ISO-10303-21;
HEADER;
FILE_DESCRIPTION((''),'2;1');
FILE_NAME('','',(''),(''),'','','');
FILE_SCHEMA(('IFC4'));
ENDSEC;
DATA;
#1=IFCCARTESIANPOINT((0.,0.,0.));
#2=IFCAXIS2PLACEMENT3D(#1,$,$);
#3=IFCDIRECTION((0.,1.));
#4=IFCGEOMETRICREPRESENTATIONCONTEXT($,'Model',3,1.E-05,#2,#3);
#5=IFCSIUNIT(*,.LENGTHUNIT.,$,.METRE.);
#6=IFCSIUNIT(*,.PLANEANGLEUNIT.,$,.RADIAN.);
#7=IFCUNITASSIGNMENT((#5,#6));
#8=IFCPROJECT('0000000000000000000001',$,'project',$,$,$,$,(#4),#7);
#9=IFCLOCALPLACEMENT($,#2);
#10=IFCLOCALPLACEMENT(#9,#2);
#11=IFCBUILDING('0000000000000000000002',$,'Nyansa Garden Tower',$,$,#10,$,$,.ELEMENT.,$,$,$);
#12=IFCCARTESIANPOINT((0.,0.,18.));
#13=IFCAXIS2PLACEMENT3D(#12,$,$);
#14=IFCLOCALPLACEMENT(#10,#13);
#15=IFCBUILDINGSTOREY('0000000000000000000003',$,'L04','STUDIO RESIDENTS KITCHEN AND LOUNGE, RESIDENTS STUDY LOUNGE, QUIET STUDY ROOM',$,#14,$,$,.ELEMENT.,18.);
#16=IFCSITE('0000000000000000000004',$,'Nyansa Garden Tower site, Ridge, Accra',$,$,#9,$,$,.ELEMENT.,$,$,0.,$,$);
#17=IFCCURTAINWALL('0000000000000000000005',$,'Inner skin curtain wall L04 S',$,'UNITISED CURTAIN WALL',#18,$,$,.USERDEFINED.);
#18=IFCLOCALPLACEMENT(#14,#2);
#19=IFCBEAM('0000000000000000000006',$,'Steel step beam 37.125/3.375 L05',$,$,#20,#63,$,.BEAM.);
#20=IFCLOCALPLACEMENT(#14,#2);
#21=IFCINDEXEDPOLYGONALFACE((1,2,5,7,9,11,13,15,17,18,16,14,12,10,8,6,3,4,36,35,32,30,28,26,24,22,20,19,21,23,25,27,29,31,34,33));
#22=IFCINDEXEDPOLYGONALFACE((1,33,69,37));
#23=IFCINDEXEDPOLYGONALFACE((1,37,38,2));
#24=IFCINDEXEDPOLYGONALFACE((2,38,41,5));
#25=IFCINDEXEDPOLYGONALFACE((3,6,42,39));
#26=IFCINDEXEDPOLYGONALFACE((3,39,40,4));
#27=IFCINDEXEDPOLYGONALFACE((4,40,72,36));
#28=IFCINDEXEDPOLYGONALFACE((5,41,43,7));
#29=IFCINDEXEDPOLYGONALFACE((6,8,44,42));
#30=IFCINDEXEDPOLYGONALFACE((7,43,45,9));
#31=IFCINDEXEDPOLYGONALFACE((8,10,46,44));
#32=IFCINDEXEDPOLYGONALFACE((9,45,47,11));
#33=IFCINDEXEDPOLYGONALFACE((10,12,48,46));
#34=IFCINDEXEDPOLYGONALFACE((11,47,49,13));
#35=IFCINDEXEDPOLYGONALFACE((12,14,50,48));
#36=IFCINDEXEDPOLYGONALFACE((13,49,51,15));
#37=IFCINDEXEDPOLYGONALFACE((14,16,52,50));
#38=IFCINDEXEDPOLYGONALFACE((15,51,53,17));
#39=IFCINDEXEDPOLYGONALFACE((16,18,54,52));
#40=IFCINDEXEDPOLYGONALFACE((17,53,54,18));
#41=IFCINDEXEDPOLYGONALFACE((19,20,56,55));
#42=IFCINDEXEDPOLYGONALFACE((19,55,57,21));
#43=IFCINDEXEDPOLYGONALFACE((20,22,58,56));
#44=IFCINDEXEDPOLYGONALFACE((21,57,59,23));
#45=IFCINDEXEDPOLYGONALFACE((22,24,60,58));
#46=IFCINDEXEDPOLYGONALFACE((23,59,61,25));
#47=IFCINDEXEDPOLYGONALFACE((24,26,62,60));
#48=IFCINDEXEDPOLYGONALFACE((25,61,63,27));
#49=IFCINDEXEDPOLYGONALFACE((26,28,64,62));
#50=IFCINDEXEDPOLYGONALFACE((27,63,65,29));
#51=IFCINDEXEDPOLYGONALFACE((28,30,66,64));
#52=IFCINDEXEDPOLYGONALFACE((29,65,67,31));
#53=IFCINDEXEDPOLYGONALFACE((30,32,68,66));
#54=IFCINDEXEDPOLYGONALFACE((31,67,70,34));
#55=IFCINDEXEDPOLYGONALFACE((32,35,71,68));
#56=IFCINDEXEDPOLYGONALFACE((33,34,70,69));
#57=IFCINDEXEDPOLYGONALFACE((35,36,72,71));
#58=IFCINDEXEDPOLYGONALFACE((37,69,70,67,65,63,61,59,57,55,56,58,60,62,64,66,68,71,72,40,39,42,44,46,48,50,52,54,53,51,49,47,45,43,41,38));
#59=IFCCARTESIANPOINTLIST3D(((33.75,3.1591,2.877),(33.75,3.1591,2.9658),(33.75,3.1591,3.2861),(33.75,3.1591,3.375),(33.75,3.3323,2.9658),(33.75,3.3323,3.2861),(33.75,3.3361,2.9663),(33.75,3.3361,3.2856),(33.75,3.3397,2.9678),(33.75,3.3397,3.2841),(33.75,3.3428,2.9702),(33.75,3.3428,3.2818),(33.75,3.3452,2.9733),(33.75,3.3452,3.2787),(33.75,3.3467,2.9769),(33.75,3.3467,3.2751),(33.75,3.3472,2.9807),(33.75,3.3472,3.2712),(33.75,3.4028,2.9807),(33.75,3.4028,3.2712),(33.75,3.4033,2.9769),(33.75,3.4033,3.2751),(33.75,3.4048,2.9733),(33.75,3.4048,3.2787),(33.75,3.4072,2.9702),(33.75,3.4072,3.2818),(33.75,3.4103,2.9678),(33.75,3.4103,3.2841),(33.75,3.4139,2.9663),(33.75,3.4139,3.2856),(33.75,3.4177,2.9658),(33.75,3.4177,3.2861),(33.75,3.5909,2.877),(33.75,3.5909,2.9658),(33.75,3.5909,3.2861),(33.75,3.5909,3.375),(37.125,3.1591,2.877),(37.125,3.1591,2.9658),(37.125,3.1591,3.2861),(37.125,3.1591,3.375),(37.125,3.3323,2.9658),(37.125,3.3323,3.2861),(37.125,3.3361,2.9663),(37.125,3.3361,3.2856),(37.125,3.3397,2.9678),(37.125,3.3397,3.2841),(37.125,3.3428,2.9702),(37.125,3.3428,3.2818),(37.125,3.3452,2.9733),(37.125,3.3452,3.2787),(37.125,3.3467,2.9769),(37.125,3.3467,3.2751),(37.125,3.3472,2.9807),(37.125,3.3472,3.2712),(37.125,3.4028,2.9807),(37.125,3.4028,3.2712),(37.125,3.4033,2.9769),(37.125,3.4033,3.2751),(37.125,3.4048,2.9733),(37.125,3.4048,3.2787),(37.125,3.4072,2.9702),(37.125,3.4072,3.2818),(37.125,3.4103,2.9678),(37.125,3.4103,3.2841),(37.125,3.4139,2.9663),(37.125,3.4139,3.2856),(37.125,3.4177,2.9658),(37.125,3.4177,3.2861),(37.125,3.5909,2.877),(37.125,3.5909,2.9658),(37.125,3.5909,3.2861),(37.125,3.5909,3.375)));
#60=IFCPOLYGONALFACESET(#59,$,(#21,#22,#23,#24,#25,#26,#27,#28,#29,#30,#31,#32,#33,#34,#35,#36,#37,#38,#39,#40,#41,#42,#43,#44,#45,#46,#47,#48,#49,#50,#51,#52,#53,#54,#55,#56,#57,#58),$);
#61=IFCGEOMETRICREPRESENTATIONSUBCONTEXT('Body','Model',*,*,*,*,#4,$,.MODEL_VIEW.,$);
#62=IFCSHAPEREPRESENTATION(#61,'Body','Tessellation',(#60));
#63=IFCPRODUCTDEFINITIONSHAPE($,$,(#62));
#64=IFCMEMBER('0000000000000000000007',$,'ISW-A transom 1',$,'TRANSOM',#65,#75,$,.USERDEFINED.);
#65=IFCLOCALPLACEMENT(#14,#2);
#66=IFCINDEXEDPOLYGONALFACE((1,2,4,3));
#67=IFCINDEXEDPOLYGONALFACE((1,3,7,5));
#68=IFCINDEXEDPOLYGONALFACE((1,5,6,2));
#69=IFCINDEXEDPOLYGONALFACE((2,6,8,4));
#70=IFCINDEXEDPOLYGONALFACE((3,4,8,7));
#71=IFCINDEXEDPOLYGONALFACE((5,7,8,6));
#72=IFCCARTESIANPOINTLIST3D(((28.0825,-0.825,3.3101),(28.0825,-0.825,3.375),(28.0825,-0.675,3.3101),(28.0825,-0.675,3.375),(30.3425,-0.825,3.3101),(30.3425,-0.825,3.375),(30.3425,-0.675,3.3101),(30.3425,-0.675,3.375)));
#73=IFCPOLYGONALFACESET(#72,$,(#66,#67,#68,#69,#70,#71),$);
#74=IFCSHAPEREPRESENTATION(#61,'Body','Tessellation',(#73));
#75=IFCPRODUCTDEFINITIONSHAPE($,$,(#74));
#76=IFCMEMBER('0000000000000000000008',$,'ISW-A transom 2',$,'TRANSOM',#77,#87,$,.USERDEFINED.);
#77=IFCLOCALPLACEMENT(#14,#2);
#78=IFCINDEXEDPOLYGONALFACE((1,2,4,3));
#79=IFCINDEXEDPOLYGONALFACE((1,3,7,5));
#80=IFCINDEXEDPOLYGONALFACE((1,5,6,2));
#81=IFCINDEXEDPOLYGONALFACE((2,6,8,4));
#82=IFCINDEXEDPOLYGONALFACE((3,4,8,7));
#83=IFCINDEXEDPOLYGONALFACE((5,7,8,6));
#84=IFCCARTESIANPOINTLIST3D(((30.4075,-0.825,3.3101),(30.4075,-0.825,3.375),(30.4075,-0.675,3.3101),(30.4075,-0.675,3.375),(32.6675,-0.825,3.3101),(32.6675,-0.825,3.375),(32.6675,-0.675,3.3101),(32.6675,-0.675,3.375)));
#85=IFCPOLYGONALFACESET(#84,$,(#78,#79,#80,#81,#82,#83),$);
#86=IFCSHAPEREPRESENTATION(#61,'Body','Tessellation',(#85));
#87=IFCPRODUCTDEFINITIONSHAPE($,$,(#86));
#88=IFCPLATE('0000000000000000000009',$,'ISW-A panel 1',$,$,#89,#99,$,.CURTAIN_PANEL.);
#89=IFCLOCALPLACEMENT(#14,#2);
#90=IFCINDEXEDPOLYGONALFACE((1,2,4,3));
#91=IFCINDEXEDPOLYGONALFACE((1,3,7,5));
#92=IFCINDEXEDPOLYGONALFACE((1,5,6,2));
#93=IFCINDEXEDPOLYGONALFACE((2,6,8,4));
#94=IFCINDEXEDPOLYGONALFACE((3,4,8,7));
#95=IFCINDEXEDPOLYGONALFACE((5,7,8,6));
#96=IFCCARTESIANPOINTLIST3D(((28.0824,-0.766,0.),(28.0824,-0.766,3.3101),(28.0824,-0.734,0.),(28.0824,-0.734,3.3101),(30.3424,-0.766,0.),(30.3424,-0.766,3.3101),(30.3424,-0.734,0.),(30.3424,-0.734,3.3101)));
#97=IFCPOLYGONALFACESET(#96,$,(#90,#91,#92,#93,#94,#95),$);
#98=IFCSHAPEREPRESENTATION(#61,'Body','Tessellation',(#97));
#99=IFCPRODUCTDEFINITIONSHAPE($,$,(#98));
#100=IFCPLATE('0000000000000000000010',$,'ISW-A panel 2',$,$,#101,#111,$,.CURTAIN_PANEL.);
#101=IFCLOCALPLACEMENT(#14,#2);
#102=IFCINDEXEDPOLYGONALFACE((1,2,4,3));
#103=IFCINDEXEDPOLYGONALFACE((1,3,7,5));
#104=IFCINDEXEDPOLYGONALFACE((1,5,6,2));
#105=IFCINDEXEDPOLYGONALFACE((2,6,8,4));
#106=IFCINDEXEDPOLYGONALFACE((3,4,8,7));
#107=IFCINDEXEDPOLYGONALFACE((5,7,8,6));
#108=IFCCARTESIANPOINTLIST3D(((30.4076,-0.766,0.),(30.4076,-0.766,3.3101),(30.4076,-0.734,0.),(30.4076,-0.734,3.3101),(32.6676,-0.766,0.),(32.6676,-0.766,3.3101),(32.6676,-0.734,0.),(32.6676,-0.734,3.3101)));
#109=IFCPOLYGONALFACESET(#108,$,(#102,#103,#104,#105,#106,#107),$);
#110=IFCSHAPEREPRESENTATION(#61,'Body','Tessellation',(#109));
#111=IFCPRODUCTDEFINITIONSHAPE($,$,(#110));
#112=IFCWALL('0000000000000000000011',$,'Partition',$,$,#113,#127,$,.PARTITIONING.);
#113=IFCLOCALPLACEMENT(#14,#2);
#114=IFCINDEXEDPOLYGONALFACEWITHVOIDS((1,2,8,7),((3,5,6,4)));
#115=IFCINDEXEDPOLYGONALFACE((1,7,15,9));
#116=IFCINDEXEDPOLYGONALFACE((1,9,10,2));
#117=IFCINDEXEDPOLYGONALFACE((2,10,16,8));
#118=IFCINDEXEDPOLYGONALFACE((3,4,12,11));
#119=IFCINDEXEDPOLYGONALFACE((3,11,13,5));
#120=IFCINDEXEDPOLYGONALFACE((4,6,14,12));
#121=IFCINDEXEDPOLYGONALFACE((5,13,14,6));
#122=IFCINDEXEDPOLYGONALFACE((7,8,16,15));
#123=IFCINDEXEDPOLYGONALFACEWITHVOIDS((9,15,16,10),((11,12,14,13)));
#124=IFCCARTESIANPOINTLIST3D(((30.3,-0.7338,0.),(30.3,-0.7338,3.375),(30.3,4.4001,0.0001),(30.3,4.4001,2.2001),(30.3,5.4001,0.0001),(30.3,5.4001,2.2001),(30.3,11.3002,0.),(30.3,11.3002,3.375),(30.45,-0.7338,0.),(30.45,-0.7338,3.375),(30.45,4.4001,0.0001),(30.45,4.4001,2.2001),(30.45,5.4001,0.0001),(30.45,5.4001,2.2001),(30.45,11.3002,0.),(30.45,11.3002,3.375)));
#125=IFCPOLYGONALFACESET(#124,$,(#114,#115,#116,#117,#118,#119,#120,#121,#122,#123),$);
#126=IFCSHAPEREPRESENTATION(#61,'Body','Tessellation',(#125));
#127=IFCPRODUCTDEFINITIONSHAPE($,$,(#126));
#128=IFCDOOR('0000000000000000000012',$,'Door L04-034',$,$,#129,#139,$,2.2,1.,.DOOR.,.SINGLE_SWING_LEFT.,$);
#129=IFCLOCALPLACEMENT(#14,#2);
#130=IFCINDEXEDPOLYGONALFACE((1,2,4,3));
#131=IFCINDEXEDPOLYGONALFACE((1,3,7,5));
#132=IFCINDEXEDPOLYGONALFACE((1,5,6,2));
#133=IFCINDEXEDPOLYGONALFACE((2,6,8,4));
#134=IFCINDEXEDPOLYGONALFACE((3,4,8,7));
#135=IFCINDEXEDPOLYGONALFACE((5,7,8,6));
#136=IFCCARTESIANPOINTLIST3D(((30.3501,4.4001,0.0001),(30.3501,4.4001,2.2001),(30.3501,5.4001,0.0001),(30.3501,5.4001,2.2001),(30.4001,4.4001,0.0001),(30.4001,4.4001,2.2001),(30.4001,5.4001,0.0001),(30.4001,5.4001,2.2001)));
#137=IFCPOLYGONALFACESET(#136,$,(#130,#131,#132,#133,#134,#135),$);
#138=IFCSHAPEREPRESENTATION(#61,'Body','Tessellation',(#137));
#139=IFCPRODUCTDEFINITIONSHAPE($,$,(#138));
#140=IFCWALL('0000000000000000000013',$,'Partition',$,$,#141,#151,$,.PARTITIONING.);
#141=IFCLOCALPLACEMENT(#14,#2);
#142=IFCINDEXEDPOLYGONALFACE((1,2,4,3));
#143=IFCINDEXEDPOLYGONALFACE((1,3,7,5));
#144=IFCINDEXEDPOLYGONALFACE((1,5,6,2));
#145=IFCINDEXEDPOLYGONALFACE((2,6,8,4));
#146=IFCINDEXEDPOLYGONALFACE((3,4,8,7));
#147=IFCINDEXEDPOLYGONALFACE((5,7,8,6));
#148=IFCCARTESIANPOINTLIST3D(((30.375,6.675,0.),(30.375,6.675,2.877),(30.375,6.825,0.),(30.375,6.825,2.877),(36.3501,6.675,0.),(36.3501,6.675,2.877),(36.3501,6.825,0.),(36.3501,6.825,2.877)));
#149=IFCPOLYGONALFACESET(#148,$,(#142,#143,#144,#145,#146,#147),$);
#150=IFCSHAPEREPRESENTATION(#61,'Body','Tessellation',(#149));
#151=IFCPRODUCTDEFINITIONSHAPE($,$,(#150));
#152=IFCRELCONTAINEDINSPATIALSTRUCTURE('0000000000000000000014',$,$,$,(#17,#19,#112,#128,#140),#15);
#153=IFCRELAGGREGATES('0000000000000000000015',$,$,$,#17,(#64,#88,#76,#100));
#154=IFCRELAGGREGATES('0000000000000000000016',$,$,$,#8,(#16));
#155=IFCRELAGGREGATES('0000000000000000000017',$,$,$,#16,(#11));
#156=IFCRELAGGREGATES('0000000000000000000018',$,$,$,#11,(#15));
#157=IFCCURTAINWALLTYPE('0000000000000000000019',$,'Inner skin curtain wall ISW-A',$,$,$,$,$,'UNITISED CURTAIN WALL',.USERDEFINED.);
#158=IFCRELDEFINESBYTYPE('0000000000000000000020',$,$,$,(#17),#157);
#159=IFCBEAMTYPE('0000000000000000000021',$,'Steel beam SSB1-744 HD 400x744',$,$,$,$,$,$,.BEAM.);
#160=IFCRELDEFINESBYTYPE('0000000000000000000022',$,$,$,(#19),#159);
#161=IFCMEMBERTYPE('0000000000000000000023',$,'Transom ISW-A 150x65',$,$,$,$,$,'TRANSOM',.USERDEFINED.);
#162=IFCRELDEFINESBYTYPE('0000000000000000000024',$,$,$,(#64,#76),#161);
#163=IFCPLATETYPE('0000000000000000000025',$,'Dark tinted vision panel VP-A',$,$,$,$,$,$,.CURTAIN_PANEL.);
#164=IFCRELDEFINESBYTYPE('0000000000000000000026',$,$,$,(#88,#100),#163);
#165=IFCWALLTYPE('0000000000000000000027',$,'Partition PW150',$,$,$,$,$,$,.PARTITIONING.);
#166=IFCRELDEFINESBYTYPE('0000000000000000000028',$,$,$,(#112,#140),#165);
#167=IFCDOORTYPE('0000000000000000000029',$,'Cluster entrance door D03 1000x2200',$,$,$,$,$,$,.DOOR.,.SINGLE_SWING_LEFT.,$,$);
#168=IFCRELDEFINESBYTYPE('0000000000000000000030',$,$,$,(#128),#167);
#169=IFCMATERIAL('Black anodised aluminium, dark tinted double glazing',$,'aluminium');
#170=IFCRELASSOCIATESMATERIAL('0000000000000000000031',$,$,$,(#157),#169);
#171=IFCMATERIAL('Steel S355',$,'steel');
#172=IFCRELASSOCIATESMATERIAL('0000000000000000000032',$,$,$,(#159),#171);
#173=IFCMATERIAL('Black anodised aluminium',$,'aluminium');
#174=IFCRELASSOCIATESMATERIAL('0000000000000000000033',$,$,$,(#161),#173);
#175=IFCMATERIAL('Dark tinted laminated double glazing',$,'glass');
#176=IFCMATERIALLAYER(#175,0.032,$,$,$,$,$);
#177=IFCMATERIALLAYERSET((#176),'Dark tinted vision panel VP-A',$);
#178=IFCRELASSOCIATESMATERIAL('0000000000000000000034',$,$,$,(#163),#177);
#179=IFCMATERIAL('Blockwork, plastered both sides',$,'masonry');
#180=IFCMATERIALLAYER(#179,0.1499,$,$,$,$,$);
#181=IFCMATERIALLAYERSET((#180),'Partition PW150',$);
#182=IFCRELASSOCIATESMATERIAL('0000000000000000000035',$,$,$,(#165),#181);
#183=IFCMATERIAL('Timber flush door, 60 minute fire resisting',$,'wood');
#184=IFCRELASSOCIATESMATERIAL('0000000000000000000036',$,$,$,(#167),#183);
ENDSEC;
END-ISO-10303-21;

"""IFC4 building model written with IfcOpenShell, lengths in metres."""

from ifc_helpers import new_model, si_unit, direction, frame, frame_2d, origin, origin_2d, place, context, subcontext, project, spatial, rectangle, i_section, extrude, material, layer, layer_set, material_profile, profile_set, type_object, element, fill, aggregate, save


model = new_model("IFC4")

# Units and contexts
model_context = context("Model", 3, precision=1e-05, world=origin(), true_north=direction((0.0, 1.0)))
body_context = subcontext(model_context, "Body", "Model", "MODEL_VIEW")
ifc_project = project(units=[si_unit("LENGTHUNIT", "METRE"), si_unit("PLANEANGLEUNIT", "RADIAN")], contexts=[model_context])

# Site, building, storey
site_placement = place(None, origin())
site = spatial("IfcSite", under=ifc_project, at=site_placement, Name="Nyansa Garden Tower site, Ridge, Accra", CompositionType="ELEMENT", RefElevation=0.0)
building_placement = place(site_placement, origin())
building = spatial("IfcBuilding", under=site, at=building_placement, Name="Nyansa Garden Tower", CompositionType="ELEMENT")
storey_placement = place(building_placement, frame((0.0, 0.0, 18.0)))
storey = spatial("IfcBuildingStorey", under=building, at=storey_placement, Name="L04", Description="STUDIO RESIDENTS KITCHEN AND LOUNGE, RESIDENTS STUDY LOUNGE, QUIET STUDY ROOM", CompositionType="ELEMENT", Elevation=18.0)

# Curtain wall
ifc_material_1 = material(Name="Black anodised aluminium, dark tinted double glazing", Category="aluminium")
curtain_wall_type = type_object("IfcCurtainWallType", Name="Inner skin curtain wall ISW-A", ElementType="UNITISED CURTAIN WALL", PredefinedType="USERDEFINED", material=ifc_material_1)
curtain_wall_placement = place(storey_placement, origin())
curtain_wall = element("IfcCurtainWall", 1, at=curtain_wall_placement, inside=storey, type_object=curtain_wall_type, Name="Inner skin curtain wall L04 S", ObjectType="UNITISED CURTAIN WALL", PredefinedType="USERDEFINED")

# Beam
ifc_material_2 = material(Name="Steel S355", Category="steel")
ifc_material_profile_1 = material_profile(ifc_material_2, i_section(OverallWidth=0.4319, OverallDepth=0.498, WebThickness=0.0557, FlangeThickness=0.0889, FilletRadius=0.0149, at=origin_2d()), Name="HD 400x744")
ifc_profile_set_1 = profile_set([ifc_material_profile_1], Name="Steel S355")
beam_type_1 = type_object("IfcBeamType", Name="Steel beam SSB1-744 HD 400x744", PredefinedType="BEAM", material=ifc_profile_set_1)
for number, where, z_axis, x_axis, name in (
    (2, (37.125, 3.375, 3.126), (-1.0, 0.0, 0.0), (0.0, -1.0, 0.0), "Steel step beam 37.125/3.375 L05"),
):
    element("IfcBeam", number, at=place(storey_placement, frame(where, z_axis=z_axis, x_axis=x_axis)), inside=storey, type_object=beam_type_1, Name=name, PredefinedType="BEAM", context=body_context, shape_type="SweptSolid", body=[
        extrude(i_section(OverallWidth=0.4319, OverallDepth=0.498, WebThickness=0.0557, FlangeThickness=0.0889, FilletRadius=0.0149, at=origin_2d()), origin(), (0.0, 0.0, 1.0), 3.375),
    ])

# Members
ifc_material_3 = material(Name="Black anodised aluminium", Category="aluminium")
ifc_material_profile_2 = material_profile(ifc_material_3, rectangle(XDim=0.1499, YDim=0.0649, at=origin_2d()), Name="Transom 150x65")
ifc_profile_set_2 = profile_set([ifc_material_profile_2], Name="Black anodised aluminium")
member_type_1 = type_object("IfcMemberType", Name="Transom ISW-A 150x65", ElementType="TRANSOM", PredefinedType="USERDEFINED", material=ifc_profile_set_2)
member_1_placement = place(storey_placement, frame((28.0825, -0.75, 3.3425), z_axis=(1.0, 0.0, 0.0), x_axis=(0.0, 1.0, 0.0)))
member_1 = element("IfcMember", 3, at=member_1_placement, type_object=member_type_1, Name="ISW-A transom 1", ObjectType="TRANSOM", PredefinedType="USERDEFINED", context=body_context, shape_type="SweptSolid", body=[
    extrude(rectangle(XDim=0.1499, YDim=0.0649, at=origin_2d()), origin(), (0.0, 0.0, 1.0), 2.26),
])
member_2_placement = place(storey_placement, frame((30.4075, -0.75, 3.3425), z_axis=(1.0, 0.0, 0.0), x_axis=(0.0, 1.0, 0.0)))
member_2 = element("IfcMember", 4, at=member_2_placement, type_object=member_type_1, Name="ISW-A transom 2", ObjectType="TRANSOM", PredefinedType="USERDEFINED", context=body_context, shape_type="SweptSolid", body=[
    extrude(rectangle(XDim=0.1499, YDim=0.0649, at=origin_2d()), origin(), (0.0, 0.0, 1.0), 2.26),
])

# Plates
ifc_material_4 = material(Name="Dark tinted laminated double glazing", Category="glass")
ifc_layer_1 = layer(ifc_material_4, 0.032)
ifc_layer_set_1 = layer_set([ifc_layer_1], Name="Dark tinted vision panel VP-A")
plate_type = type_object("IfcPlateType", Name="Dark tinted vision panel VP-A", PredefinedType="CURTAIN_PANEL", material=ifc_layer_set_1)
plate_1_placement = place(storey_placement, frame((29.2124, -0.75, 0.0), z_axis=(0.0, 0.0, 1.0), x_axis=(1.0, 0.0, 0.0)))
plate_1 = element("IfcPlate", 5, at=plate_1_placement, type_object=plate_type, Name="ISW-A panel 1", PredefinedType="CURTAIN_PANEL", context=body_context, shape_type="SweptSolid", body=[
    extrude(rectangle(XDim=2.26, YDim=0.032, at=origin_2d()), origin(), (0.0, 0.0, 1.0), 3.3101),
])
plate_2_placement = place(storey_placement, frame((31.5376, -0.75, 0.0), z_axis=(0.0, 0.0, 1.0), x_axis=(1.0, 0.0, 0.0)))
plate_2 = element("IfcPlate", 6, at=plate_2_placement, type_object=plate_type, Name="ISW-A panel 2", PredefinedType="CURTAIN_PANEL", context=body_context, shape_type="SweptSolid", body=[
    extrude(rectangle(XDim=2.26, YDim=0.032, at=origin_2d()), origin(), (0.0, 0.0, 1.0), 3.3101),
])
aggregate(curtain_wall, [member_1, plate_1, member_2, plate_2])

# Wall, opening, door
ifc_material_5 = material(Name="Blockwork, plastered both sides", Category="masonry")
ifc_layer_2 = layer(ifc_material_5, 0.1499)
ifc_layer_set_2 = layer_set([ifc_layer_2], Name="Partition PW150")
wall_type_1 = type_object("IfcWallType", Name="Partition PW150", PredefinedType="PARTITIONING", material=ifc_layer_set_2)
wall_1_placement = place(storey_placement, frame((30.375, -0.7339, 0.0), z_axis=(0.0, 0.0, 1.0), x_axis=(0.0, 1.0, 0.0)))
wall_1 = element("IfcWall", 7, at=wall_1_placement, inside=storey, type_object=wall_type_1, Name="Partition", PredefinedType="PARTITIONING", context=body_context, shape_type="SweptSolid", body=[
    extrude(rectangle(XDim=12.0339, YDim=0.1499, at=frame_2d((6.0171, 0.0))), origin(), (0.0, 0.0, 1.0), 3.375),
])
opening_1_placement = place(wall_1_placement, frame((5.134, 0.0, 0.0)))
opening_1 = element("IfcOpeningElement", 8, at=opening_1_placement, cuts=wall_1, PredefinedType="OPENING", context=body_context, shape_type="SweptSolid", body=[
    extrude(rectangle(XDim=1.0, YDim=2.2, at=frame_2d((0.5, 1.1001))), frame((0.0, 0.085, 0.0), z_axis=(0.0, -1.0, 0.0), x_axis=(1.0, 0.0, 0.0)), (0.0, 0.0, 1.0), 0.1699),
])
ifc_material_6 = material(Name="Timber flush door, 60 minute fire resisting", Category="wood")
door_type_1 = type_object("IfcDoorType", Name="Cluster entrance door D03 1000x2200", OperationType="SINGLE_SWING_LEFT", PredefinedType="DOOR", material=ifc_material_6)
door_1_placement = place(opening_1_placement, origin())
door_1 = element("IfcDoor", 9, at=door_1_placement, inside=storey, type_object=door_type_1, Name="Door L04-034", OperationType="SINGLE_SWING_LEFT", OverallHeight=2.2, OverallWidth=1.0, PredefinedType="DOOR", context=body_context, shape_type="SweptSolid", body=[
    extrude(rectangle(XDim=1.0, YDim=2.2, at=frame_2d((0.5, 1.1001))), frame((0.0, 0.0249, 0.0), z_axis=(0.0, -1.0, 0.0), x_axis=(1.0, 0.0, 0.0)), (0.0, 0.0, 1.0), 0.05),
])
fill(opening_1, door_1)

# Wall
wall_2_placement = place(storey_placement, frame((30.375, 6.75, 0.0), z_axis=(0.0, 0.0, 1.0), x_axis=(1.0, 0.0, 0.0)))
element("IfcWall", 10, at=wall_2_placement, inside=storey, type_object=wall_type_1, Name="Partition", PredefinedType="PARTITIONING", context=body_context, shape_type="SweptSolid", body=[
    extrude(rectangle(XDim=5.9751, YDim=0.1499, at=frame_2d((2.9875, 0.0))), origin(), (0.0, 0.0, 1.0), 2.877),
])

save(model, "model.ifc")
